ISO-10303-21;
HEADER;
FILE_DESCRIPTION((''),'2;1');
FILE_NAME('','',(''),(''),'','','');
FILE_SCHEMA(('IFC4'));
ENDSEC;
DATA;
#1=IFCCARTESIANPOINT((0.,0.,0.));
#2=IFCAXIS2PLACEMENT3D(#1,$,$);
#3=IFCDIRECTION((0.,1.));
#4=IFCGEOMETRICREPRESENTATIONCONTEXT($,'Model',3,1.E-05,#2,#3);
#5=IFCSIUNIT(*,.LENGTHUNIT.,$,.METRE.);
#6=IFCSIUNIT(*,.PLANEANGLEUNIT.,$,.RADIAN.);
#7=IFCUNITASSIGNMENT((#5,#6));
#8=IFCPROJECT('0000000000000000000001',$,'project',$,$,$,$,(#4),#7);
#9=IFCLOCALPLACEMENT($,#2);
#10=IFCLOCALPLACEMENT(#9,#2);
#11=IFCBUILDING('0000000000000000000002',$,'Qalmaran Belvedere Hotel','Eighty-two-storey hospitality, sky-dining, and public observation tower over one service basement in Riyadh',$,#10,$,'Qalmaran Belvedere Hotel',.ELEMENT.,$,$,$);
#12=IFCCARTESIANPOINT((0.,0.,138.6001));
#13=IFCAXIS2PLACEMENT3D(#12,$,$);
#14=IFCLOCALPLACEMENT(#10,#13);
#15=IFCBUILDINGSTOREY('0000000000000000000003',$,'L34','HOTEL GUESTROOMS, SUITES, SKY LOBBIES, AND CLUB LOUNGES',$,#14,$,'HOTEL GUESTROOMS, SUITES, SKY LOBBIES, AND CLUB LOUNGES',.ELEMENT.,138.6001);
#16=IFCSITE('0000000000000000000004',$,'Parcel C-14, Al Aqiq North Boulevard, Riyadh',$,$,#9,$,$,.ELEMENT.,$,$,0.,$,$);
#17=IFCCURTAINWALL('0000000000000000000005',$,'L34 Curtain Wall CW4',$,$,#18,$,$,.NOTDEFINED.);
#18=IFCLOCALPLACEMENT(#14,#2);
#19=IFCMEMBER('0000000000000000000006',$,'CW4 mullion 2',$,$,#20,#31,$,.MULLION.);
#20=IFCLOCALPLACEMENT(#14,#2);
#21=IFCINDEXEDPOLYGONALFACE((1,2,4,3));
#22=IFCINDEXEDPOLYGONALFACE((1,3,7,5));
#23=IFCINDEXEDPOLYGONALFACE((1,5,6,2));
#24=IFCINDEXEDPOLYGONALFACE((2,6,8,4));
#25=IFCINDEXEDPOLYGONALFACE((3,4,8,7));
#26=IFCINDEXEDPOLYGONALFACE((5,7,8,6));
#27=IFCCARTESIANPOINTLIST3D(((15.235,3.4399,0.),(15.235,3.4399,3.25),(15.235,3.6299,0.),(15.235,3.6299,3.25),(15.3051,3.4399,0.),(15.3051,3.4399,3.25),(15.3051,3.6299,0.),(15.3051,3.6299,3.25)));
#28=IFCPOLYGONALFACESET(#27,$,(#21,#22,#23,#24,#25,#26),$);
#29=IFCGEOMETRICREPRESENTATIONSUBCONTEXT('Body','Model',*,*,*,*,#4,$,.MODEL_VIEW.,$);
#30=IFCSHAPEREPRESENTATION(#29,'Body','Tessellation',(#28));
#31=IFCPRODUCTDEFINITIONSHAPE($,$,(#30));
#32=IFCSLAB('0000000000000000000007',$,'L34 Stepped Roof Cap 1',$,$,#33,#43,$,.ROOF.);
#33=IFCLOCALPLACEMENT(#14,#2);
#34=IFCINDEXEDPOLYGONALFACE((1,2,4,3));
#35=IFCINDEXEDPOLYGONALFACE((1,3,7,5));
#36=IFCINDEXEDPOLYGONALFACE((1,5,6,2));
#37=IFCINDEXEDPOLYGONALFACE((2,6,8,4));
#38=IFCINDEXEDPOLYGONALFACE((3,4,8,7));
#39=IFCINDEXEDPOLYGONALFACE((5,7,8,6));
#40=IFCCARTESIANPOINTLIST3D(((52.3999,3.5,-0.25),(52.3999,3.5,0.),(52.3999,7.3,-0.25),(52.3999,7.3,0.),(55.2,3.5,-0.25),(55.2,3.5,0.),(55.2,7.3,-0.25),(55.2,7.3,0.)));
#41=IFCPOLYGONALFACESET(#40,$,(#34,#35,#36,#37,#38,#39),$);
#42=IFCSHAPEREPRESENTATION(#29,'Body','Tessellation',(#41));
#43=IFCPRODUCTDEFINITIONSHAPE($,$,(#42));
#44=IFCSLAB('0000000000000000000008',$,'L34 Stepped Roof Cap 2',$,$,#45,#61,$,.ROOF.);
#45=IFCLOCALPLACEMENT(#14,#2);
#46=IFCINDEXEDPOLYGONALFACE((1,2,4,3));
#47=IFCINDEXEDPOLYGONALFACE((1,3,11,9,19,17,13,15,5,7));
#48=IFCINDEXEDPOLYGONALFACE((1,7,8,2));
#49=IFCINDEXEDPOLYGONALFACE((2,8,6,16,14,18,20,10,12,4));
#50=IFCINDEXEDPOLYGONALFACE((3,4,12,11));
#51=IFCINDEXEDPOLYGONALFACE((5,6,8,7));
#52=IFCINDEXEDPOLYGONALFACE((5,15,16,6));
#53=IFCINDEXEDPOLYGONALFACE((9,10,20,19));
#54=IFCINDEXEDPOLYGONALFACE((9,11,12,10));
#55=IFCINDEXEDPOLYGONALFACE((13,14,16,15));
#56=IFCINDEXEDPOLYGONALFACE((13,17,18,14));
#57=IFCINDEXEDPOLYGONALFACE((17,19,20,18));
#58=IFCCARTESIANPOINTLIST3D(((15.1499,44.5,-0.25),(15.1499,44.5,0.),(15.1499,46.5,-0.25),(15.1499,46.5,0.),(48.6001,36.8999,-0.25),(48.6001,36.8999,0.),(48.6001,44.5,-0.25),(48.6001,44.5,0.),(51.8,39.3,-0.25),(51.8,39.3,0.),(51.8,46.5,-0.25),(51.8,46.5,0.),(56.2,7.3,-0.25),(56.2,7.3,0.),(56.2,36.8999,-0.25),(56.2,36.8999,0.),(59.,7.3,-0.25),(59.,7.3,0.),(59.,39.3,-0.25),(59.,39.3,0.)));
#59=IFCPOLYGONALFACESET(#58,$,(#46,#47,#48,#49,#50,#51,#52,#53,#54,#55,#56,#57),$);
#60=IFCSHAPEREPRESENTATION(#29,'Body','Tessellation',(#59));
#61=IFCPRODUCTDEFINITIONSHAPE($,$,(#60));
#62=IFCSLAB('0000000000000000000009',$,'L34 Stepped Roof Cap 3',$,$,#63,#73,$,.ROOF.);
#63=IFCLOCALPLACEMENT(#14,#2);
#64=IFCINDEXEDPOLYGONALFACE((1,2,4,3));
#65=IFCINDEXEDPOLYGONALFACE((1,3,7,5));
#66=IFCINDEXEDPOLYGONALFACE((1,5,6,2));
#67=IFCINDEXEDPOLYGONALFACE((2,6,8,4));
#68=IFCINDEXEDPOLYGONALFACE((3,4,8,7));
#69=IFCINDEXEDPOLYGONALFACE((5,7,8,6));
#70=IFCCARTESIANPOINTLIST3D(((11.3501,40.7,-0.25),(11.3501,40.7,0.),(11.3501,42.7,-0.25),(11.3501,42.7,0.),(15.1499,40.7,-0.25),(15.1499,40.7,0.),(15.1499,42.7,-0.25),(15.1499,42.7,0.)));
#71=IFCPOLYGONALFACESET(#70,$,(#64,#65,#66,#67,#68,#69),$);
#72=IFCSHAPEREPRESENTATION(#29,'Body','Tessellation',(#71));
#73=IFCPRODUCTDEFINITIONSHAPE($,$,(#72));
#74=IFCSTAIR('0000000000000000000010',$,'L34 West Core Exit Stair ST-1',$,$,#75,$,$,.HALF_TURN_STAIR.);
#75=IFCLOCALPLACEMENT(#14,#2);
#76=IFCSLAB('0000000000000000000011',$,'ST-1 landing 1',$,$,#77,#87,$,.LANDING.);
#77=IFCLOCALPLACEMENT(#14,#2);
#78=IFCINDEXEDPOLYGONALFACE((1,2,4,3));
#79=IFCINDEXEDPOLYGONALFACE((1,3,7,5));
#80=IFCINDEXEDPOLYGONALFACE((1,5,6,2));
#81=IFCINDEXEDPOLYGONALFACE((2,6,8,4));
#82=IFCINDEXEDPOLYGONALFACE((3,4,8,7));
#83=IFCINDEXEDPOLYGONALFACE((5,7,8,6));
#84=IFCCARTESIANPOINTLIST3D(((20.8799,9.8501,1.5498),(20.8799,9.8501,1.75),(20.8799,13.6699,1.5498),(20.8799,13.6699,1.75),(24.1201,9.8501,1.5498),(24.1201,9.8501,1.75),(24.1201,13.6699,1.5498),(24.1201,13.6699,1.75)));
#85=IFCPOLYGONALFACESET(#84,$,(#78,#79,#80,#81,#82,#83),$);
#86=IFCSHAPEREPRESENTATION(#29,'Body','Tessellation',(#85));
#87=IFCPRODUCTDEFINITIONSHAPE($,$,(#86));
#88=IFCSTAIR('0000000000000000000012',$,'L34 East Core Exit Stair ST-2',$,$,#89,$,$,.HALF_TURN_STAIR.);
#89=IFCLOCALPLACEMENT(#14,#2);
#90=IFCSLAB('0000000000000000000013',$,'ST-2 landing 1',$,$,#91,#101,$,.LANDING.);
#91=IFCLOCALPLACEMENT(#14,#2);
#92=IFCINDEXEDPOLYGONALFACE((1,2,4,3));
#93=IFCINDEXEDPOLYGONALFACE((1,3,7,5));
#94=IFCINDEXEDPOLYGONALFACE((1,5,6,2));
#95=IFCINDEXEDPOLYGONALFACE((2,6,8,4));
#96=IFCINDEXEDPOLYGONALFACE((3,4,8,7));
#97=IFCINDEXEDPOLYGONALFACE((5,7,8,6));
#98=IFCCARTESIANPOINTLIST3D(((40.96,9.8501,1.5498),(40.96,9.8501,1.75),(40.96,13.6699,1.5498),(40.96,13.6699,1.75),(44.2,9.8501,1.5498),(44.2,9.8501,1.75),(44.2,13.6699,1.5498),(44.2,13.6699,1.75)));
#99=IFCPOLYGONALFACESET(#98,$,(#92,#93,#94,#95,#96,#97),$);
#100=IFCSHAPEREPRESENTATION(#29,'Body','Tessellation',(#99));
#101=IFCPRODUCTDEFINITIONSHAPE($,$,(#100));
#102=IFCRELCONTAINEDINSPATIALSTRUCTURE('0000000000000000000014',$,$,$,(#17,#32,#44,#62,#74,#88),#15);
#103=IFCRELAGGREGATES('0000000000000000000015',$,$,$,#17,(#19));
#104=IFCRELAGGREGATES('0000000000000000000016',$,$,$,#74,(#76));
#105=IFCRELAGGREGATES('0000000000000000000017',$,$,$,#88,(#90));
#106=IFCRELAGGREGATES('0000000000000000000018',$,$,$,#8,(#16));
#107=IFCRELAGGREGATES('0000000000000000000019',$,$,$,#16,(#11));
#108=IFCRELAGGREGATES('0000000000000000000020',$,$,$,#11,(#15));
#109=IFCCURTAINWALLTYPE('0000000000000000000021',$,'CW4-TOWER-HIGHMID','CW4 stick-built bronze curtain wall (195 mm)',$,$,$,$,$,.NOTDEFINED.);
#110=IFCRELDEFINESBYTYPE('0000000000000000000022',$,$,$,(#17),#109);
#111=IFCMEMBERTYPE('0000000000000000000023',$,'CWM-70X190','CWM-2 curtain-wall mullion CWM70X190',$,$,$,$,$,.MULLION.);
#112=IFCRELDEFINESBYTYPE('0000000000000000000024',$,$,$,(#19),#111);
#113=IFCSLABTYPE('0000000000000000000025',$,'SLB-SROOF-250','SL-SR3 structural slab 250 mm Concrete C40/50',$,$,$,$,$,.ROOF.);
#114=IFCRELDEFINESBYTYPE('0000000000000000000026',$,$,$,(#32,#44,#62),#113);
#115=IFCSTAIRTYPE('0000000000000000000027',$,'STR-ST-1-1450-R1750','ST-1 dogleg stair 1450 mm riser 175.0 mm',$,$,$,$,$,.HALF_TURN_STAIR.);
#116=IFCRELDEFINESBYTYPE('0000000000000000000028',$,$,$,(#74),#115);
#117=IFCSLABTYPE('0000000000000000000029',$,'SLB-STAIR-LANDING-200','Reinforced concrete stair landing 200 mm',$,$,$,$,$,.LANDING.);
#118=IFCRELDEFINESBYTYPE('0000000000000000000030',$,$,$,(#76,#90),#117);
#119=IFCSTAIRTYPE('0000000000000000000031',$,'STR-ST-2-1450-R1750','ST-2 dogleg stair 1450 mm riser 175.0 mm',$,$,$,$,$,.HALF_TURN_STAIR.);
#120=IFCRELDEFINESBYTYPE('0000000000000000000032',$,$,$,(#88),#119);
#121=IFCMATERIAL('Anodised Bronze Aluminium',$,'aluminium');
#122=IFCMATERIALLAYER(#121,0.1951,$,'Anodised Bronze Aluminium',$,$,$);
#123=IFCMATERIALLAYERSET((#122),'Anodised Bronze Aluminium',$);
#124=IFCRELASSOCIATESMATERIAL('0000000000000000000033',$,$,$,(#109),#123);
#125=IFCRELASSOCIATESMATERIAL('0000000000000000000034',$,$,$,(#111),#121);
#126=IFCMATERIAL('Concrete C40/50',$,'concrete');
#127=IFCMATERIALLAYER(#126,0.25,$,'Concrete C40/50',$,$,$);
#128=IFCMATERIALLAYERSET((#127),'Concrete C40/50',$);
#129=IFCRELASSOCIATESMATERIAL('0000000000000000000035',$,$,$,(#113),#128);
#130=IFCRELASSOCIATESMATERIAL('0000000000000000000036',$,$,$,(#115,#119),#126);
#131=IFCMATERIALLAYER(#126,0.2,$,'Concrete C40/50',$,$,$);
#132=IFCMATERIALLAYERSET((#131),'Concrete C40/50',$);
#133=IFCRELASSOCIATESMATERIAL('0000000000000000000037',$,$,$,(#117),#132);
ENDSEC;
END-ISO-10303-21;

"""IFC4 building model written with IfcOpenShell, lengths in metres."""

from ifc_helpers import new_model, si_unit, direction, frame, origin, origin_2d, place, context, subcontext, project, spatial, polyline, rectangle, outline, extrude, material, layer, layer_set, material_profile, profile_set, type_object, element, aggregate, save


model = new_model("IFC4")

# Units and contexts
model_context = context("Model", 3, precision=1e-05, world=origin(), true_north=direction((0.0, 1.0)))
body_context = subcontext(model_context, "Body", "Model", "MODEL_VIEW")
ifc_project = project(units=[si_unit("LENGTHUNIT", "METRE"), si_unit("PLANEANGLEUNIT", "RADIAN")], contexts=[model_context])

# Site, building, storey
site_placement = place(None, origin())
site = spatial("IfcSite", under=ifc_project, at=site_placement, Name="Parcel C-14, Al Aqiq North Boulevard, Riyadh", CompositionType="ELEMENT", RefElevation=0.0)
building_placement = place(site_placement, origin())
building = spatial("IfcBuilding", under=site, at=building_placement, Name="Qalmaran Belvedere Hotel", Description="Eighty-two-storey hospitality, sky-dining, and public observation tower over one service basement in Riyadh", LongName="Qalmaran Belvedere Hotel", CompositionType="ELEMENT")
storey_placement = place(building_placement, frame((0.0, 0.0, 138.6001)))
storey = spatial("IfcBuildingStorey", under=building, at=storey_placement, Name="L34", Description="HOTEL GUESTROOMS, SUITES, SKY LOBBIES, AND CLUB LOUNGES", LongName="HOTEL GUESTROOMS, SUITES, SKY LOBBIES, AND CLUB LOUNGES", CompositionType="ELEMENT", Elevation=138.6001)

# Curtain wall, member
ifc_material_1 = material(Name="Anodised Bronze Aluminium", Category="aluminium")
ifc_layer_1 = layer(ifc_material_1, 0.1951, Name="Anodised Bronze Aluminium")
ifc_layer_set_1 = layer_set([ifc_layer_1], Name="Anodised Bronze Aluminium")
curtain_wall_type = type_object("IfcCurtainWallType", Name="CW4-TOWER-HIGHMID", Description="CW4 stick-built bronze curtain wall (195 mm)", PredefinedType="NOTDEFINED", material=ifc_layer_set_1)
curtain_wall_placement = place(storey_placement, origin())
curtain_wall = element("IfcCurtainWall", 1, at=curtain_wall_placement, inside=storey, type_object=curtain_wall_type, Name="L34 Curtain Wall CW4", PredefinedType="NOTDEFINED")
ifc_material_profile = material_profile(ifc_material_1, rectangle(XDim=0.0701, YDim=0.1899, at=origin_2d()), Name="CWM70X190")
ifc_profile_set = profile_set([ifc_material_profile], Name="Anodised Bronze Aluminium")
member_type = type_object("IfcMemberType", Name="CWM-70X190", Description="CWM-2 curtain-wall mullion CWM70X190", PredefinedType="MULLION", material=ifc_profile_set)
member_placement = place(storey_placement, frame((15.27, 3.5349, 0.0), z_axis=(0.0, 0.0, 1.0), x_axis=(1.0, 0.0, 0.0)))
member = element("IfcMember", 2, at=member_placement, type_object=member_type, Name="CW4 mullion 2", PredefinedType="MULLION", context=body_context, shape_type="SweptSolid", body=[
    extrude(rectangle(XDim=0.0701, YDim=0.1899, at=origin_2d()), origin(), (0.0, 0.0, 1.0), 3.25),
])
aggregate(curtain_wall, [member])

# Slabs
ifc_material_2 = material(Name="Concrete C40/50", Category="concrete")
ifc_layer_2 = layer(ifc_material_2, 0.25, Name="Concrete C40/50")
ifc_layer_set_2 = layer_set([ifc_layer_2], Name="Concrete C40/50")
slab_type_1 = type_object("IfcSlabType", Name="SLB-SROOF-250", Description="SL-SR3 structural slab 250 mm Concrete C40/50", PredefinedType="ROOF", material=ifc_layer_set_2)
slab_1_placement = place(storey_placement, frame((0.0, 0.0, -0.25)))
element("IfcSlab", 3, at=slab_1_placement, inside=storey, type_object=slab_type_1, Name="L34 Stepped Roof Cap 1", PredefinedType="ROOF", context=body_context, shape_type="SweptSolid", body=[
    extrude(outline(polyline([(55.2, 3.5), (52.3999, 3.5), (52.3999, 7.3), (55.2, 7.3), (55.2, 3.5)])), origin(), (0.0, 0.0, 1.0), 0.25),
])
slab_2_placement = place(storey_placement, frame((0.0, 0.0, -0.25)))
element("IfcSlab", 4, at=slab_2_placement, inside=storey, type_object=slab_type_1, Name="L34 Stepped Roof Cap 2", PredefinedType="ROOF", context=body_context, shape_type="SweptSolid", body=[
    extrude(outline(polyline([(15.1499, 46.5), (51.8, 46.5), (51.8, 39.3), (59.0, 39.3), (59.0, 7.3), (56.2, 7.3), (56.2, 36.8999), (48.6001, 36.8999), (48.6001, 44.5), (15.1499, 44.5), (15.1499, 46.5)])), origin(), (0.0, 0.0, 1.0), 0.25),
])
slab_3_placement = place(storey_placement, frame((0.0, 0.0, -0.25)))
element("IfcSlab", 5, at=slab_3_placement, inside=storey, type_object=slab_type_1, Name="L34 Stepped Roof Cap 3", PredefinedType="ROOF", context=body_context, shape_type="SweptSolid", body=[
    extrude(outline(polyline([(11.3501, 42.7), (15.1499, 42.7), (15.1499, 40.7), (11.3501, 40.7), (11.3501, 42.7)])), origin(), (0.0, 0.0, 1.0), 0.25),
])

# Stairs, slabs
stair_type_1 = type_object("IfcStairType", Name="STR-ST-1-1450-R1750", Description="ST-1 dogleg stair 1450 mm riser 175.0 mm", PredefinedType="HALF_TURN_STAIR", material=ifc_material_2)
stair_1_placement = place(storey_placement, origin())
stair_1 = element("IfcStair", 6, at=stair_1_placement, inside=storey, type_object=stair_type_1, Name="L34 West Core Exit Stair ST-1", PredefinedType="HALF_TURN_STAIR")
ifc_layer_3 = layer(ifc_material_2, 0.2, Name="Concrete C40/50")
ifc_layer_set_3 = layer_set([ifc_layer_3], Name="Concrete C40/50")
slab_type_2 = type_object("IfcSlabType", Name="SLB-STAIR-LANDING-200", Description="Reinforced concrete stair landing 200 mm", PredefinedType="LANDING", material=ifc_layer_set_3)
slab_4_placement = place(storey_placement, frame((0.0, 0.0, 1.5498)))
slab_4 = element("IfcSlab", 7, at=slab_4_placement, type_object=slab_type_2, Name="ST-1 landing 1", PredefinedType="LANDING", context=body_context, shape_type="SweptSolid", body=[
    extrude(outline(polyline([(20.8799, 13.6699), (20.8799, 9.8501), (24.1201, 9.8501), (24.1201, 13.6699), (20.8799, 13.6699)])), origin(), (0.0, 0.0, 1.0), 0.2002),
])
aggregate(stair_1, [slab_4])
stair_type_2 = type_object("IfcStairType", Name="STR-ST-2-1450-R1750", Description="ST-2 dogleg stair 1450 mm riser 175.0 mm", PredefinedType="HALF_TURN_STAIR", material=ifc_material_2)
stair_2_placement = place(storey_placement, origin())
stair_2 = element("IfcStair", 8, at=stair_2_placement, inside=storey, type_object=stair_type_2, Name="L34 East Core Exit Stair ST-2", PredefinedType="HALF_TURN_STAIR")
slab_5_placement = place(storey_placement, frame((0.0, 0.0, 1.5498)))
slab_5 = element("IfcSlab", 9, at=slab_5_placement, type_object=slab_type_2, Name="ST-2 landing 1", PredefinedType="LANDING", context=body_context, shape_type="SweptSolid", body=[
    extrude(outline(polyline([(40.96, 13.6699), (40.96, 9.8501), (44.2, 9.8501), (44.2, 13.6699), (40.96, 13.6699)])), origin(), (0.0, 0.0, 1.0), 0.2002),
])
aggregate(stair_2, [slab_5])

save(model, "model.ifc")
